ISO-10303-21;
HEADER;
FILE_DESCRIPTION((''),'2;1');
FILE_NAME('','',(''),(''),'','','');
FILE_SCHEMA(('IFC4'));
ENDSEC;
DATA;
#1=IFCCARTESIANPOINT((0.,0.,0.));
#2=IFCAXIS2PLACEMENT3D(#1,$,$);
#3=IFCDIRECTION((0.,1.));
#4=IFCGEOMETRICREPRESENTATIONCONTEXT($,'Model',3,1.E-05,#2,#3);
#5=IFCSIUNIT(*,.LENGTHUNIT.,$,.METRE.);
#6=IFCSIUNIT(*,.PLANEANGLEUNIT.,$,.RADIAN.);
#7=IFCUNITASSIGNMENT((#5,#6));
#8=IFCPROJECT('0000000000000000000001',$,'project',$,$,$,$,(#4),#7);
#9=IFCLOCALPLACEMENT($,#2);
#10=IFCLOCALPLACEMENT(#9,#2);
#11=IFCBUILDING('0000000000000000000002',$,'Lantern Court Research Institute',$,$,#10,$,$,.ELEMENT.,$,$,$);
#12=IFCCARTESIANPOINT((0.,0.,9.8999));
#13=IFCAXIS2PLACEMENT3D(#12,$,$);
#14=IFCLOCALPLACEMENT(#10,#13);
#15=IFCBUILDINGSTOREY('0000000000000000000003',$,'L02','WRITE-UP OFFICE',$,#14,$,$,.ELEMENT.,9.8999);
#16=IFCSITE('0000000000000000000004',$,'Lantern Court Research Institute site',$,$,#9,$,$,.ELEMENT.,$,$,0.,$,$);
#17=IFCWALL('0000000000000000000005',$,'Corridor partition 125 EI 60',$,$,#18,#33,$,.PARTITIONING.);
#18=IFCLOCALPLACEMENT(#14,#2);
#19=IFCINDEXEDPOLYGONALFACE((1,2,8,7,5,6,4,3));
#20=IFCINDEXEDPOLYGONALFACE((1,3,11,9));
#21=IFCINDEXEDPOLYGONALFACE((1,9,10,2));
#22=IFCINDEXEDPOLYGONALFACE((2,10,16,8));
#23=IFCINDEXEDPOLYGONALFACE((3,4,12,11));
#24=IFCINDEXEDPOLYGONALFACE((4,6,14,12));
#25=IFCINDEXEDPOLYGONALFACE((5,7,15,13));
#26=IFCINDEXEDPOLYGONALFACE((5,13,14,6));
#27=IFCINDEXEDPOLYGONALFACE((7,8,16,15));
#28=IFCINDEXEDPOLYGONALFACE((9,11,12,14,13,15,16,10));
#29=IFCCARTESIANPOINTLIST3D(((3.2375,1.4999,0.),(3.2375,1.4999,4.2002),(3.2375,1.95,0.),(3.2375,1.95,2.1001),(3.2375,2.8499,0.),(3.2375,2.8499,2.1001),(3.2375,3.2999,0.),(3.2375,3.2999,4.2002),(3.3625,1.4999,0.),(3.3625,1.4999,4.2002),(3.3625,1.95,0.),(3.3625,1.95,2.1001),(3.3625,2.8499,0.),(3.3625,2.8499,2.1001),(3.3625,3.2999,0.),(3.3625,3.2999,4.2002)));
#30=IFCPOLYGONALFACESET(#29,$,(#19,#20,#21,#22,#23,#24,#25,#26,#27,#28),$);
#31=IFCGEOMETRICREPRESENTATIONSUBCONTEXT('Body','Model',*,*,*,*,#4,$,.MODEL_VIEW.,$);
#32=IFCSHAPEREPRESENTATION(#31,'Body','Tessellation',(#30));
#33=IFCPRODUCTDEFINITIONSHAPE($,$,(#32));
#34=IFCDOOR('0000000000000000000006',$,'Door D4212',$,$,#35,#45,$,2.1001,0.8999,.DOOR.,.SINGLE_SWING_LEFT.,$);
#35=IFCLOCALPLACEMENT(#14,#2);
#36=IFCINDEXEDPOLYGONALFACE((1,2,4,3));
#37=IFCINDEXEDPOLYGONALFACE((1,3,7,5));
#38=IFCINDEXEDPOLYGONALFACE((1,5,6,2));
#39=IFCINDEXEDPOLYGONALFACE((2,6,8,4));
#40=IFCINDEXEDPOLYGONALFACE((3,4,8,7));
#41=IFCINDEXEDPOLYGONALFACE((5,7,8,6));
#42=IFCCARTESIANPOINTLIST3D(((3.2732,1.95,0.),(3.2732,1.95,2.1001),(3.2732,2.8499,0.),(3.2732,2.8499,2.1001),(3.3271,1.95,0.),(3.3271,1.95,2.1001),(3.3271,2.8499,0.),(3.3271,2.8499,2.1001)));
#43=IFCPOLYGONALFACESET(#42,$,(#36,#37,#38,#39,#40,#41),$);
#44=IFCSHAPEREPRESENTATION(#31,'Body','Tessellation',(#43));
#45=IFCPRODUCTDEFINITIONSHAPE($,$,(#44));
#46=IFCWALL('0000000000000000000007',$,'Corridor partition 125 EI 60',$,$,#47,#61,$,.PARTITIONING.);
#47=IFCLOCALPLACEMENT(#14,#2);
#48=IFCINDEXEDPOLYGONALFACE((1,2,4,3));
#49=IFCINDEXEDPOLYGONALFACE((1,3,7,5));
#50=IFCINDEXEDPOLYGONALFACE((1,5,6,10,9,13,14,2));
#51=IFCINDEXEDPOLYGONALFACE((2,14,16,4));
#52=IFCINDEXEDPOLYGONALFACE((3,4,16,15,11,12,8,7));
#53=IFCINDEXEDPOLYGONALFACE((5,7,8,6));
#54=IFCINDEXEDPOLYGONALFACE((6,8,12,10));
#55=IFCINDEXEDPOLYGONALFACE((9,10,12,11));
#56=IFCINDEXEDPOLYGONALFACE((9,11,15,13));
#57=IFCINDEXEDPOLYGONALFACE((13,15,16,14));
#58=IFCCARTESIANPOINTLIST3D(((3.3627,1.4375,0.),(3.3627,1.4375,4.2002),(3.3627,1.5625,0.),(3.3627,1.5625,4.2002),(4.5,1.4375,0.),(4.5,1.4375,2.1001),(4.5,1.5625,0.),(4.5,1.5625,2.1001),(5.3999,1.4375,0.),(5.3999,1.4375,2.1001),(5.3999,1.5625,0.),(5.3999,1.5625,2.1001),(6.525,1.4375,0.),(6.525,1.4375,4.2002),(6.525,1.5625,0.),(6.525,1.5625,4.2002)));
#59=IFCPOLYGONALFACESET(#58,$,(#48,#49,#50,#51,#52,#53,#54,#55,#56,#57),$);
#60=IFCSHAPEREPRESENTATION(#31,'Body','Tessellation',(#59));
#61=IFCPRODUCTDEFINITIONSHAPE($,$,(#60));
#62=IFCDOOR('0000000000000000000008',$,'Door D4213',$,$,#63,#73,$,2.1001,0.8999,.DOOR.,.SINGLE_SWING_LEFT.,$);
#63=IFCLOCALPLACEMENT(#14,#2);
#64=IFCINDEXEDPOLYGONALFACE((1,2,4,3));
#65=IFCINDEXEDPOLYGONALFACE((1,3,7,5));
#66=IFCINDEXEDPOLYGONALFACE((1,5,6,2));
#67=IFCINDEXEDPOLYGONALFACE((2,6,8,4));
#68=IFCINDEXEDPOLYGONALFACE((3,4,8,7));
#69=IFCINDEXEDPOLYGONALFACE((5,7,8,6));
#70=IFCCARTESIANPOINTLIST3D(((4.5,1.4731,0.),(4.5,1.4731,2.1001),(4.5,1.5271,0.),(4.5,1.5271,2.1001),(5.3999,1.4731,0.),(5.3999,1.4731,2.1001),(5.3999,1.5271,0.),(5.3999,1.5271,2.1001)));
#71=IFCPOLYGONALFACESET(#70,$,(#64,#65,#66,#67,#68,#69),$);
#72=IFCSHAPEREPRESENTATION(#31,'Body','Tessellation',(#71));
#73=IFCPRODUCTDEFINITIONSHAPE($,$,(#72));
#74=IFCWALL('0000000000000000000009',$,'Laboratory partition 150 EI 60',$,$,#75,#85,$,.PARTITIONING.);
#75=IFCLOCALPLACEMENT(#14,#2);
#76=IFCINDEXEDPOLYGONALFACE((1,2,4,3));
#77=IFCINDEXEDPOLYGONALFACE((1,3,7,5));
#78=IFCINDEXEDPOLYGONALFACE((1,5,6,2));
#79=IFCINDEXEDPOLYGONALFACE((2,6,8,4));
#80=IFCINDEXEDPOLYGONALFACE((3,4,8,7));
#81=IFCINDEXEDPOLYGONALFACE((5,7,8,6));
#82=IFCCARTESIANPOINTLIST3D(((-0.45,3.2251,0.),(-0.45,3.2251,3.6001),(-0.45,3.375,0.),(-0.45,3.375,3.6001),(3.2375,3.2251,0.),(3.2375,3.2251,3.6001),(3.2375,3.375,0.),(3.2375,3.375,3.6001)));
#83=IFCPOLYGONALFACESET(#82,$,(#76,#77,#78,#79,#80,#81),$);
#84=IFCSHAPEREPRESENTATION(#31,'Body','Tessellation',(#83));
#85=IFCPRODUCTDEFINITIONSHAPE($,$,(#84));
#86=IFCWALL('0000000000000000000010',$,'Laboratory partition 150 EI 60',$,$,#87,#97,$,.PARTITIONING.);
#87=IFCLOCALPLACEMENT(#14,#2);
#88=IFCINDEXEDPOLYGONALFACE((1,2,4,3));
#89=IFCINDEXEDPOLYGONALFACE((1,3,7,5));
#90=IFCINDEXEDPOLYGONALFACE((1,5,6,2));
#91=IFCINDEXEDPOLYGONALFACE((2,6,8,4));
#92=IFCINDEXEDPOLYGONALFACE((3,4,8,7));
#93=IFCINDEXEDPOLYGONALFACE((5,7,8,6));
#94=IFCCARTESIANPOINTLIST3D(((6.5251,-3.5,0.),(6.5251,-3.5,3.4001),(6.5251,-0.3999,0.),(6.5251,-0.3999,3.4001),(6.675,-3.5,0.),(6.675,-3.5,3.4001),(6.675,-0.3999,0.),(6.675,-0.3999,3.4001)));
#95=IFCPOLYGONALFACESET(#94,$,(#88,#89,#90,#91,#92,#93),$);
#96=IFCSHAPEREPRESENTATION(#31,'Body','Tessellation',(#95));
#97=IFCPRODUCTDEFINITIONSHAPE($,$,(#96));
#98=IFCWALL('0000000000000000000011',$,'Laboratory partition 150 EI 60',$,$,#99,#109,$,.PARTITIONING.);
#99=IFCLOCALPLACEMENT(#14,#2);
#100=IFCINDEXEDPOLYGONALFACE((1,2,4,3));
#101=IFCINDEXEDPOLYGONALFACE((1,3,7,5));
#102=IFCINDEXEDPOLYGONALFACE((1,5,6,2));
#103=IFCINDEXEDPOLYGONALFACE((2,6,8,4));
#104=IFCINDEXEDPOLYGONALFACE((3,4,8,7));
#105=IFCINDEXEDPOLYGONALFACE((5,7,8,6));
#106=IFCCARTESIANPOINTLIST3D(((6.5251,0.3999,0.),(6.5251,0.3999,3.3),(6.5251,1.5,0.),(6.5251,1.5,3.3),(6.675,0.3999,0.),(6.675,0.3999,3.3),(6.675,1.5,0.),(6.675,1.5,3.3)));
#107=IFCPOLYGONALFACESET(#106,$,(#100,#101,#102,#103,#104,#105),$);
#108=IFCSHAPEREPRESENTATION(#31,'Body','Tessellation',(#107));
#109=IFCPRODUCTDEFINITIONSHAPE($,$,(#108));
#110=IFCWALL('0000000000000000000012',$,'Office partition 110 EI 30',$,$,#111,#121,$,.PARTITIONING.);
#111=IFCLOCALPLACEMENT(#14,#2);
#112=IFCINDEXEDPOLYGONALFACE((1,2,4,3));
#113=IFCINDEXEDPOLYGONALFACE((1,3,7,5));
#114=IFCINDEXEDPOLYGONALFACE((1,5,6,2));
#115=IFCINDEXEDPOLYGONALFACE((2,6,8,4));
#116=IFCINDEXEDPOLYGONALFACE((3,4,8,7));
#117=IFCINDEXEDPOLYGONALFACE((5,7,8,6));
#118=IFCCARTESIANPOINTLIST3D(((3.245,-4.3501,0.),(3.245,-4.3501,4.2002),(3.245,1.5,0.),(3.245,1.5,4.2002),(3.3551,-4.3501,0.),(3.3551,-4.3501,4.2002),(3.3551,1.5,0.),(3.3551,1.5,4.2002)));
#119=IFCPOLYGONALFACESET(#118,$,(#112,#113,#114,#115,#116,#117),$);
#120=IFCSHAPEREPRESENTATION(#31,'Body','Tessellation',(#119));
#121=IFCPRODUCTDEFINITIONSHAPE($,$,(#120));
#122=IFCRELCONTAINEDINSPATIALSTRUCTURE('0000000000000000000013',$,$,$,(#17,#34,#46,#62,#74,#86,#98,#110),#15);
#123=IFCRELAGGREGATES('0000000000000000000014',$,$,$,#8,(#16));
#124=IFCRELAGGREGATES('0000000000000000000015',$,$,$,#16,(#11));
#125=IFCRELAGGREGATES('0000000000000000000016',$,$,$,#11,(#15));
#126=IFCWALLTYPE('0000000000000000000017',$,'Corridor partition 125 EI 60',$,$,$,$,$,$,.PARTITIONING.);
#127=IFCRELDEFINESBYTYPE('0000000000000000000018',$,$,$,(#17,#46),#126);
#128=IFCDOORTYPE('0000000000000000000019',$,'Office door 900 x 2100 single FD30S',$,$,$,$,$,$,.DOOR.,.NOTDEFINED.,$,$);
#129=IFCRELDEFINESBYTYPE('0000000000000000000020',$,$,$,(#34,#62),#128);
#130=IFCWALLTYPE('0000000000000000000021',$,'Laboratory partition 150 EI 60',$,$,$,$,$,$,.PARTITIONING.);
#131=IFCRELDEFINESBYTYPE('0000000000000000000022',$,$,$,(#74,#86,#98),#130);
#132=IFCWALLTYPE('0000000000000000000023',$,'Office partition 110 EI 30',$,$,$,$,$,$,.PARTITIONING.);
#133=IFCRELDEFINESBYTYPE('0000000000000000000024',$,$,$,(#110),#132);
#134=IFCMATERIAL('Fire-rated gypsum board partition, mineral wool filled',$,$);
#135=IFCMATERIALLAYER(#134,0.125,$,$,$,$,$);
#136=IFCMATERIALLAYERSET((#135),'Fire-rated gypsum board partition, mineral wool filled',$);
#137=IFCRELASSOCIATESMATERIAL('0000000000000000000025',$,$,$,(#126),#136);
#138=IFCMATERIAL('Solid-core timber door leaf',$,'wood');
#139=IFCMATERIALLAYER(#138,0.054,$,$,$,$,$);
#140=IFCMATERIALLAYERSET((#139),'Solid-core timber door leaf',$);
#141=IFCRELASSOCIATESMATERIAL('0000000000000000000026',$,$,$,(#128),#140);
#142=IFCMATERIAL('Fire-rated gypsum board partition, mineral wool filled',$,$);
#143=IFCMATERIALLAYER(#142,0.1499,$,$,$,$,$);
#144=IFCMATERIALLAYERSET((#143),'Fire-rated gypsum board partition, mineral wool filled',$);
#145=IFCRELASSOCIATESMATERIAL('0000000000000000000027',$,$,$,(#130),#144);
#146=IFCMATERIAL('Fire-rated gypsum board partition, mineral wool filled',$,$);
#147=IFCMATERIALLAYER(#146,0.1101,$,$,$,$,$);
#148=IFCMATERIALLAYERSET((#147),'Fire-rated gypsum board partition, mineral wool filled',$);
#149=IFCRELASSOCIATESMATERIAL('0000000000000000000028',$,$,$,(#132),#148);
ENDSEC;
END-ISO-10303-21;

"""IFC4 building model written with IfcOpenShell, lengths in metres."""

from ifc_helpers import new_model, si_unit, direction, frame, frame_2d, origin, place, context, subcontext, project, spatial, rectangle, extrude, material, layer, layer_set, type_object, element, fill, save


model = new_model("IFC4")

# Units and contexts
model_context = context("Model", 3, precision=1e-05, world=origin(), true_north=direction((0.0, 1.0)))
body_context = subcontext(model_context, "Body", "Model", "MODEL_VIEW")
ifc_project = project(units=[si_unit("LENGTHUNIT", "METRE"), si_unit("PLANEANGLEUNIT", "RADIAN")], contexts=[model_context])

# Site, building, storey
site_placement = place(None, origin())
site = spatial("IfcSite", under=ifc_project, at=site_placement, Name="Lantern Court Research Institute site", CompositionType="ELEMENT", RefElevation=0.0)
building_placement = place(site_placement, origin())
building = spatial("IfcBuilding", under=site, at=building_placement, Name="Lantern Court Research Institute", CompositionType="ELEMENT")
storey_placement = place(building_placement, frame((0.0, 0.0, 9.8999)))
storey = spatial("IfcBuildingStorey", under=building, at=storey_placement, Name="L02", Description="WRITE-UP OFFICE", CompositionType="ELEMENT", Elevation=9.8999)

# Walls, openings, doors
ifc_material_1 = material(Name="Fire-rated gypsum board partition, mineral wool filled")
ifc_layer_1 = layer(ifc_material_1, 0.125)
ifc_layer_set_1 = layer_set([ifc_layer_1], Name="Fire-rated gypsum board partition, mineral wool filled")
wall_type_1 = type_object("IfcWallType", Name="Corridor partition 125 EI 60", PredefinedType="PARTITIONING", material=ifc_layer_set_1)
wall_1_placement = place(storey_placement, frame((3.3, 1.5, 0.0), z_axis=(0.0, 0.0, 1.0), x_axis=(0.0, 1.0, 0.0)))
wall_1 = element("IfcWall", 1, at=wall_1_placement, inside=storey, type_object=wall_type_1, Name="Corridor partition 125 EI 60", PredefinedType="PARTITIONING", context=body_context, shape_type="SweptSolid", body=[
    extrude(rectangle(XDim=1.8, YDim=0.125, at=frame_2d((0.8999, 0.0))), origin(), (0.0, 0.0, 1.0), 4.2002),
])
opening_1_placement = place(wall_1_placement, frame((0.45, 0.0, 0.0)))
opening_1 = element("IfcOpeningElement", 2, at=opening_1_placement, cuts=wall_1, PredefinedType="OPENING", context=body_context, shape_type="SweptSolid", body=[
    extrude(rectangle(XDim=0.8999, YDim=2.1001, at=frame_2d((0.45, 1.05))), frame((0.0, 0.0725, 0.0), z_axis=(0.0, -1.0, 0.0), x_axis=(1.0, 0.0, 0.0)), (0.0, 0.0, 1.0), 0.145),
])
ifc_material_2 = material(Name="Solid-core timber door leaf", Category="wood")
ifc_layer_2 = layer(ifc_material_2, 0.054)
ifc_layer_set_2 = layer_set([ifc_layer_2], Name="Solid-core timber door leaf")
door_type = type_object("IfcDoorType", Name="Office door 900 x 2100 single FD30S", OperationType="NOTDEFINED", PredefinedType="DOOR", material=ifc_layer_set_2)
door_1_placement = place(opening_1_placement, origin())
door_1 = element("IfcDoor", 3, at=door_1_placement, inside=storey, type_object=door_type, Name="Door D4212", OperationType="SINGLE_SWING_LEFT", OverallHeight=2.1001, OverallWidth=0.8999, PredefinedType="DOOR", context=body_context, shape_type="SweptSolid", body=[
    extrude(rectangle(XDim=0.8999, YDim=2.1001, at=frame_2d((0.45, 1.05))), frame((0.0, 0.0269, 0.0), z_axis=(0.0, -1.0, 0.0), x_axis=(1.0, 0.0, 0.0)), (0.0, 0.0, 1.0), 0.054),
])
fill(opening_1, door_1)
wall_2_placement = place(storey_placement, frame((6.5249, 1.5, 0.0), z_axis=(0.0, 0.0, 1.0), x_axis=(-1.0, 0.0, 0.0)))
wall_2 = element("IfcWall", 4, at=wall_2_placement, inside=storey, type_object=wall_type_1, Name="Corridor partition 125 EI 60", PredefinedType="PARTITIONING", context=body_context, shape_type="SweptSolid", body=[
    extrude(rectangle(XDim=3.1624, YDim=0.125, at=frame_2d((1.5811, 0.0))), origin(), (0.0, 0.0, 1.0), 4.2002),
])
opening_2_placement = place(wall_2_placement, frame((1.125, 0.0, 0.0)))
opening_2 = element("IfcOpeningElement", 5, at=opening_2_placement, cuts=wall_2, PredefinedType="OPENING", context=body_context, shape_type="SweptSolid", body=[
    extrude(rectangle(XDim=0.8999, YDim=2.1001, at=frame_2d((0.45, 1.05))), frame((0.0, 0.0725, 0.0), z_axis=(0.0, -1.0, 0.0), x_axis=(1.0, 0.0, 0.0)), (0.0, 0.0, 1.0), 0.145),
])
door_2_placement = place(opening_2_placement, origin())
door_2 = element("IfcDoor", 6, at=door_2_placement, inside=storey, type_object=door_type, Name="Door D4213", OperationType="SINGLE_SWING_LEFT", OverallHeight=2.1001, OverallWidth=0.8999, PredefinedType="DOOR", context=body_context, shape_type="SweptSolid", body=[
    extrude(rectangle(XDim=0.8999, YDim=2.1001, at=frame_2d((0.45, 1.05))), frame((0.0, 0.0269, 0.0), z_axis=(0.0, -1.0, 0.0), x_axis=(1.0, 0.0, 0.0)), (0.0, 0.0, 1.0), 0.054),
])
fill(opening_2, door_2)

# Walls
ifc_material_3 = material(Name="Fire-rated gypsum board partition, mineral wool filled")
ifc_layer_3 = layer(ifc_material_3, 0.1499)
ifc_layer_set_3 = layer_set([ifc_layer_3], Name="Fire-rated gypsum board partition, mineral wool filled")
wall_type_2 = type_object("IfcWallType", Name="Laboratory partition 150 EI 60", PredefinedType="PARTITIONING", material=ifc_layer_set_3)
wall_3_placement = place(storey_placement, frame((3.2375, 3.3, 0.0), z_axis=(0.0, 0.0, 1.0), x_axis=(-1.0, 0.0, 0.0)))
element("IfcWall", 7, at=wall_3_placement, inside=storey, type_object=wall_type_2, Name="Laboratory partition 150 EI 60", PredefinedType="PARTITIONING", context=body_context, shape_type="SweptSolid", body=[
    extrude(rectangle(XDim=3.6875, YDim=0.1499, at=frame_2d((1.8438, 0.0))), origin(), (0.0, 0.0, 1.0), 3.6001),
])
wall_4_placement = place(storey_placement, frame((6.6001, -3.5, 0.0), z_axis=(0.0, 0.0, 1.0), x_axis=(0.0, 1.0, 0.0)))
element("IfcWall", 8, at=wall_4_placement, inside=storey, type_object=wall_type_2, Name="Laboratory partition 150 EI 60", PredefinedType="PARTITIONING", context=body_context, shape_type="SweptSolid", body=[
    extrude(rectangle(XDim=3.1001, YDim=0.1499, at=frame_2d((1.55, 0.0))), origin(), (0.0, 0.0, 1.0), 3.4001),
])
wall_5_placement = place(storey_placement, frame((6.6001, 0.3999, 0.0), z_axis=(0.0, 0.0, 1.0), x_axis=(0.0, 1.0, 0.0)))
element("IfcWall", 9, at=wall_5_placement, inside=storey, type_object=wall_type_2, Name="Laboratory partition 150 EI 60", PredefinedType="PARTITIONING", context=body_context, shape_type="SweptSolid", body=[
    extrude(rectangle(XDim=1.1001, YDim=0.1499, at=frame_2d((0.55, 0.0))), origin(), (0.0, 0.0, 1.0), 3.3),
])
ifc_material_4 = material(Name="Fire-rated gypsum board partition, mineral wool filled")
ifc_layer_4 = layer(ifc_material_4, 0.1101)
ifc_layer_set_4 = layer_set([ifc_layer_4], Name="Fire-rated gypsum board partition, mineral wool filled")
wall_type_3 = type_object("IfcWallType", Name="Office partition 110 EI 30", PredefinedType="PARTITIONING", material=ifc_layer_set_4)
wall_6_placement = place(storey_placement, frame((3.3, -4.3501, 0.0), z_axis=(0.0, 0.0, 1.0), x_axis=(0.0, 1.0, 0.0)))
element("IfcWall", 10, at=wall_6_placement, inside=storey, type_object=wall_type_3, Name="Office partition 110 EI 30", PredefinedType="PARTITIONING", context=body_context, shape_type="SweptSolid", body=[
    extrude(rectangle(XDim=5.8501, YDim=0.1101, at=frame_2d((2.925, 0.0))), origin(), (0.0, 0.0, 1.0), 4.2002),
])

save(model, "model.ifc")
